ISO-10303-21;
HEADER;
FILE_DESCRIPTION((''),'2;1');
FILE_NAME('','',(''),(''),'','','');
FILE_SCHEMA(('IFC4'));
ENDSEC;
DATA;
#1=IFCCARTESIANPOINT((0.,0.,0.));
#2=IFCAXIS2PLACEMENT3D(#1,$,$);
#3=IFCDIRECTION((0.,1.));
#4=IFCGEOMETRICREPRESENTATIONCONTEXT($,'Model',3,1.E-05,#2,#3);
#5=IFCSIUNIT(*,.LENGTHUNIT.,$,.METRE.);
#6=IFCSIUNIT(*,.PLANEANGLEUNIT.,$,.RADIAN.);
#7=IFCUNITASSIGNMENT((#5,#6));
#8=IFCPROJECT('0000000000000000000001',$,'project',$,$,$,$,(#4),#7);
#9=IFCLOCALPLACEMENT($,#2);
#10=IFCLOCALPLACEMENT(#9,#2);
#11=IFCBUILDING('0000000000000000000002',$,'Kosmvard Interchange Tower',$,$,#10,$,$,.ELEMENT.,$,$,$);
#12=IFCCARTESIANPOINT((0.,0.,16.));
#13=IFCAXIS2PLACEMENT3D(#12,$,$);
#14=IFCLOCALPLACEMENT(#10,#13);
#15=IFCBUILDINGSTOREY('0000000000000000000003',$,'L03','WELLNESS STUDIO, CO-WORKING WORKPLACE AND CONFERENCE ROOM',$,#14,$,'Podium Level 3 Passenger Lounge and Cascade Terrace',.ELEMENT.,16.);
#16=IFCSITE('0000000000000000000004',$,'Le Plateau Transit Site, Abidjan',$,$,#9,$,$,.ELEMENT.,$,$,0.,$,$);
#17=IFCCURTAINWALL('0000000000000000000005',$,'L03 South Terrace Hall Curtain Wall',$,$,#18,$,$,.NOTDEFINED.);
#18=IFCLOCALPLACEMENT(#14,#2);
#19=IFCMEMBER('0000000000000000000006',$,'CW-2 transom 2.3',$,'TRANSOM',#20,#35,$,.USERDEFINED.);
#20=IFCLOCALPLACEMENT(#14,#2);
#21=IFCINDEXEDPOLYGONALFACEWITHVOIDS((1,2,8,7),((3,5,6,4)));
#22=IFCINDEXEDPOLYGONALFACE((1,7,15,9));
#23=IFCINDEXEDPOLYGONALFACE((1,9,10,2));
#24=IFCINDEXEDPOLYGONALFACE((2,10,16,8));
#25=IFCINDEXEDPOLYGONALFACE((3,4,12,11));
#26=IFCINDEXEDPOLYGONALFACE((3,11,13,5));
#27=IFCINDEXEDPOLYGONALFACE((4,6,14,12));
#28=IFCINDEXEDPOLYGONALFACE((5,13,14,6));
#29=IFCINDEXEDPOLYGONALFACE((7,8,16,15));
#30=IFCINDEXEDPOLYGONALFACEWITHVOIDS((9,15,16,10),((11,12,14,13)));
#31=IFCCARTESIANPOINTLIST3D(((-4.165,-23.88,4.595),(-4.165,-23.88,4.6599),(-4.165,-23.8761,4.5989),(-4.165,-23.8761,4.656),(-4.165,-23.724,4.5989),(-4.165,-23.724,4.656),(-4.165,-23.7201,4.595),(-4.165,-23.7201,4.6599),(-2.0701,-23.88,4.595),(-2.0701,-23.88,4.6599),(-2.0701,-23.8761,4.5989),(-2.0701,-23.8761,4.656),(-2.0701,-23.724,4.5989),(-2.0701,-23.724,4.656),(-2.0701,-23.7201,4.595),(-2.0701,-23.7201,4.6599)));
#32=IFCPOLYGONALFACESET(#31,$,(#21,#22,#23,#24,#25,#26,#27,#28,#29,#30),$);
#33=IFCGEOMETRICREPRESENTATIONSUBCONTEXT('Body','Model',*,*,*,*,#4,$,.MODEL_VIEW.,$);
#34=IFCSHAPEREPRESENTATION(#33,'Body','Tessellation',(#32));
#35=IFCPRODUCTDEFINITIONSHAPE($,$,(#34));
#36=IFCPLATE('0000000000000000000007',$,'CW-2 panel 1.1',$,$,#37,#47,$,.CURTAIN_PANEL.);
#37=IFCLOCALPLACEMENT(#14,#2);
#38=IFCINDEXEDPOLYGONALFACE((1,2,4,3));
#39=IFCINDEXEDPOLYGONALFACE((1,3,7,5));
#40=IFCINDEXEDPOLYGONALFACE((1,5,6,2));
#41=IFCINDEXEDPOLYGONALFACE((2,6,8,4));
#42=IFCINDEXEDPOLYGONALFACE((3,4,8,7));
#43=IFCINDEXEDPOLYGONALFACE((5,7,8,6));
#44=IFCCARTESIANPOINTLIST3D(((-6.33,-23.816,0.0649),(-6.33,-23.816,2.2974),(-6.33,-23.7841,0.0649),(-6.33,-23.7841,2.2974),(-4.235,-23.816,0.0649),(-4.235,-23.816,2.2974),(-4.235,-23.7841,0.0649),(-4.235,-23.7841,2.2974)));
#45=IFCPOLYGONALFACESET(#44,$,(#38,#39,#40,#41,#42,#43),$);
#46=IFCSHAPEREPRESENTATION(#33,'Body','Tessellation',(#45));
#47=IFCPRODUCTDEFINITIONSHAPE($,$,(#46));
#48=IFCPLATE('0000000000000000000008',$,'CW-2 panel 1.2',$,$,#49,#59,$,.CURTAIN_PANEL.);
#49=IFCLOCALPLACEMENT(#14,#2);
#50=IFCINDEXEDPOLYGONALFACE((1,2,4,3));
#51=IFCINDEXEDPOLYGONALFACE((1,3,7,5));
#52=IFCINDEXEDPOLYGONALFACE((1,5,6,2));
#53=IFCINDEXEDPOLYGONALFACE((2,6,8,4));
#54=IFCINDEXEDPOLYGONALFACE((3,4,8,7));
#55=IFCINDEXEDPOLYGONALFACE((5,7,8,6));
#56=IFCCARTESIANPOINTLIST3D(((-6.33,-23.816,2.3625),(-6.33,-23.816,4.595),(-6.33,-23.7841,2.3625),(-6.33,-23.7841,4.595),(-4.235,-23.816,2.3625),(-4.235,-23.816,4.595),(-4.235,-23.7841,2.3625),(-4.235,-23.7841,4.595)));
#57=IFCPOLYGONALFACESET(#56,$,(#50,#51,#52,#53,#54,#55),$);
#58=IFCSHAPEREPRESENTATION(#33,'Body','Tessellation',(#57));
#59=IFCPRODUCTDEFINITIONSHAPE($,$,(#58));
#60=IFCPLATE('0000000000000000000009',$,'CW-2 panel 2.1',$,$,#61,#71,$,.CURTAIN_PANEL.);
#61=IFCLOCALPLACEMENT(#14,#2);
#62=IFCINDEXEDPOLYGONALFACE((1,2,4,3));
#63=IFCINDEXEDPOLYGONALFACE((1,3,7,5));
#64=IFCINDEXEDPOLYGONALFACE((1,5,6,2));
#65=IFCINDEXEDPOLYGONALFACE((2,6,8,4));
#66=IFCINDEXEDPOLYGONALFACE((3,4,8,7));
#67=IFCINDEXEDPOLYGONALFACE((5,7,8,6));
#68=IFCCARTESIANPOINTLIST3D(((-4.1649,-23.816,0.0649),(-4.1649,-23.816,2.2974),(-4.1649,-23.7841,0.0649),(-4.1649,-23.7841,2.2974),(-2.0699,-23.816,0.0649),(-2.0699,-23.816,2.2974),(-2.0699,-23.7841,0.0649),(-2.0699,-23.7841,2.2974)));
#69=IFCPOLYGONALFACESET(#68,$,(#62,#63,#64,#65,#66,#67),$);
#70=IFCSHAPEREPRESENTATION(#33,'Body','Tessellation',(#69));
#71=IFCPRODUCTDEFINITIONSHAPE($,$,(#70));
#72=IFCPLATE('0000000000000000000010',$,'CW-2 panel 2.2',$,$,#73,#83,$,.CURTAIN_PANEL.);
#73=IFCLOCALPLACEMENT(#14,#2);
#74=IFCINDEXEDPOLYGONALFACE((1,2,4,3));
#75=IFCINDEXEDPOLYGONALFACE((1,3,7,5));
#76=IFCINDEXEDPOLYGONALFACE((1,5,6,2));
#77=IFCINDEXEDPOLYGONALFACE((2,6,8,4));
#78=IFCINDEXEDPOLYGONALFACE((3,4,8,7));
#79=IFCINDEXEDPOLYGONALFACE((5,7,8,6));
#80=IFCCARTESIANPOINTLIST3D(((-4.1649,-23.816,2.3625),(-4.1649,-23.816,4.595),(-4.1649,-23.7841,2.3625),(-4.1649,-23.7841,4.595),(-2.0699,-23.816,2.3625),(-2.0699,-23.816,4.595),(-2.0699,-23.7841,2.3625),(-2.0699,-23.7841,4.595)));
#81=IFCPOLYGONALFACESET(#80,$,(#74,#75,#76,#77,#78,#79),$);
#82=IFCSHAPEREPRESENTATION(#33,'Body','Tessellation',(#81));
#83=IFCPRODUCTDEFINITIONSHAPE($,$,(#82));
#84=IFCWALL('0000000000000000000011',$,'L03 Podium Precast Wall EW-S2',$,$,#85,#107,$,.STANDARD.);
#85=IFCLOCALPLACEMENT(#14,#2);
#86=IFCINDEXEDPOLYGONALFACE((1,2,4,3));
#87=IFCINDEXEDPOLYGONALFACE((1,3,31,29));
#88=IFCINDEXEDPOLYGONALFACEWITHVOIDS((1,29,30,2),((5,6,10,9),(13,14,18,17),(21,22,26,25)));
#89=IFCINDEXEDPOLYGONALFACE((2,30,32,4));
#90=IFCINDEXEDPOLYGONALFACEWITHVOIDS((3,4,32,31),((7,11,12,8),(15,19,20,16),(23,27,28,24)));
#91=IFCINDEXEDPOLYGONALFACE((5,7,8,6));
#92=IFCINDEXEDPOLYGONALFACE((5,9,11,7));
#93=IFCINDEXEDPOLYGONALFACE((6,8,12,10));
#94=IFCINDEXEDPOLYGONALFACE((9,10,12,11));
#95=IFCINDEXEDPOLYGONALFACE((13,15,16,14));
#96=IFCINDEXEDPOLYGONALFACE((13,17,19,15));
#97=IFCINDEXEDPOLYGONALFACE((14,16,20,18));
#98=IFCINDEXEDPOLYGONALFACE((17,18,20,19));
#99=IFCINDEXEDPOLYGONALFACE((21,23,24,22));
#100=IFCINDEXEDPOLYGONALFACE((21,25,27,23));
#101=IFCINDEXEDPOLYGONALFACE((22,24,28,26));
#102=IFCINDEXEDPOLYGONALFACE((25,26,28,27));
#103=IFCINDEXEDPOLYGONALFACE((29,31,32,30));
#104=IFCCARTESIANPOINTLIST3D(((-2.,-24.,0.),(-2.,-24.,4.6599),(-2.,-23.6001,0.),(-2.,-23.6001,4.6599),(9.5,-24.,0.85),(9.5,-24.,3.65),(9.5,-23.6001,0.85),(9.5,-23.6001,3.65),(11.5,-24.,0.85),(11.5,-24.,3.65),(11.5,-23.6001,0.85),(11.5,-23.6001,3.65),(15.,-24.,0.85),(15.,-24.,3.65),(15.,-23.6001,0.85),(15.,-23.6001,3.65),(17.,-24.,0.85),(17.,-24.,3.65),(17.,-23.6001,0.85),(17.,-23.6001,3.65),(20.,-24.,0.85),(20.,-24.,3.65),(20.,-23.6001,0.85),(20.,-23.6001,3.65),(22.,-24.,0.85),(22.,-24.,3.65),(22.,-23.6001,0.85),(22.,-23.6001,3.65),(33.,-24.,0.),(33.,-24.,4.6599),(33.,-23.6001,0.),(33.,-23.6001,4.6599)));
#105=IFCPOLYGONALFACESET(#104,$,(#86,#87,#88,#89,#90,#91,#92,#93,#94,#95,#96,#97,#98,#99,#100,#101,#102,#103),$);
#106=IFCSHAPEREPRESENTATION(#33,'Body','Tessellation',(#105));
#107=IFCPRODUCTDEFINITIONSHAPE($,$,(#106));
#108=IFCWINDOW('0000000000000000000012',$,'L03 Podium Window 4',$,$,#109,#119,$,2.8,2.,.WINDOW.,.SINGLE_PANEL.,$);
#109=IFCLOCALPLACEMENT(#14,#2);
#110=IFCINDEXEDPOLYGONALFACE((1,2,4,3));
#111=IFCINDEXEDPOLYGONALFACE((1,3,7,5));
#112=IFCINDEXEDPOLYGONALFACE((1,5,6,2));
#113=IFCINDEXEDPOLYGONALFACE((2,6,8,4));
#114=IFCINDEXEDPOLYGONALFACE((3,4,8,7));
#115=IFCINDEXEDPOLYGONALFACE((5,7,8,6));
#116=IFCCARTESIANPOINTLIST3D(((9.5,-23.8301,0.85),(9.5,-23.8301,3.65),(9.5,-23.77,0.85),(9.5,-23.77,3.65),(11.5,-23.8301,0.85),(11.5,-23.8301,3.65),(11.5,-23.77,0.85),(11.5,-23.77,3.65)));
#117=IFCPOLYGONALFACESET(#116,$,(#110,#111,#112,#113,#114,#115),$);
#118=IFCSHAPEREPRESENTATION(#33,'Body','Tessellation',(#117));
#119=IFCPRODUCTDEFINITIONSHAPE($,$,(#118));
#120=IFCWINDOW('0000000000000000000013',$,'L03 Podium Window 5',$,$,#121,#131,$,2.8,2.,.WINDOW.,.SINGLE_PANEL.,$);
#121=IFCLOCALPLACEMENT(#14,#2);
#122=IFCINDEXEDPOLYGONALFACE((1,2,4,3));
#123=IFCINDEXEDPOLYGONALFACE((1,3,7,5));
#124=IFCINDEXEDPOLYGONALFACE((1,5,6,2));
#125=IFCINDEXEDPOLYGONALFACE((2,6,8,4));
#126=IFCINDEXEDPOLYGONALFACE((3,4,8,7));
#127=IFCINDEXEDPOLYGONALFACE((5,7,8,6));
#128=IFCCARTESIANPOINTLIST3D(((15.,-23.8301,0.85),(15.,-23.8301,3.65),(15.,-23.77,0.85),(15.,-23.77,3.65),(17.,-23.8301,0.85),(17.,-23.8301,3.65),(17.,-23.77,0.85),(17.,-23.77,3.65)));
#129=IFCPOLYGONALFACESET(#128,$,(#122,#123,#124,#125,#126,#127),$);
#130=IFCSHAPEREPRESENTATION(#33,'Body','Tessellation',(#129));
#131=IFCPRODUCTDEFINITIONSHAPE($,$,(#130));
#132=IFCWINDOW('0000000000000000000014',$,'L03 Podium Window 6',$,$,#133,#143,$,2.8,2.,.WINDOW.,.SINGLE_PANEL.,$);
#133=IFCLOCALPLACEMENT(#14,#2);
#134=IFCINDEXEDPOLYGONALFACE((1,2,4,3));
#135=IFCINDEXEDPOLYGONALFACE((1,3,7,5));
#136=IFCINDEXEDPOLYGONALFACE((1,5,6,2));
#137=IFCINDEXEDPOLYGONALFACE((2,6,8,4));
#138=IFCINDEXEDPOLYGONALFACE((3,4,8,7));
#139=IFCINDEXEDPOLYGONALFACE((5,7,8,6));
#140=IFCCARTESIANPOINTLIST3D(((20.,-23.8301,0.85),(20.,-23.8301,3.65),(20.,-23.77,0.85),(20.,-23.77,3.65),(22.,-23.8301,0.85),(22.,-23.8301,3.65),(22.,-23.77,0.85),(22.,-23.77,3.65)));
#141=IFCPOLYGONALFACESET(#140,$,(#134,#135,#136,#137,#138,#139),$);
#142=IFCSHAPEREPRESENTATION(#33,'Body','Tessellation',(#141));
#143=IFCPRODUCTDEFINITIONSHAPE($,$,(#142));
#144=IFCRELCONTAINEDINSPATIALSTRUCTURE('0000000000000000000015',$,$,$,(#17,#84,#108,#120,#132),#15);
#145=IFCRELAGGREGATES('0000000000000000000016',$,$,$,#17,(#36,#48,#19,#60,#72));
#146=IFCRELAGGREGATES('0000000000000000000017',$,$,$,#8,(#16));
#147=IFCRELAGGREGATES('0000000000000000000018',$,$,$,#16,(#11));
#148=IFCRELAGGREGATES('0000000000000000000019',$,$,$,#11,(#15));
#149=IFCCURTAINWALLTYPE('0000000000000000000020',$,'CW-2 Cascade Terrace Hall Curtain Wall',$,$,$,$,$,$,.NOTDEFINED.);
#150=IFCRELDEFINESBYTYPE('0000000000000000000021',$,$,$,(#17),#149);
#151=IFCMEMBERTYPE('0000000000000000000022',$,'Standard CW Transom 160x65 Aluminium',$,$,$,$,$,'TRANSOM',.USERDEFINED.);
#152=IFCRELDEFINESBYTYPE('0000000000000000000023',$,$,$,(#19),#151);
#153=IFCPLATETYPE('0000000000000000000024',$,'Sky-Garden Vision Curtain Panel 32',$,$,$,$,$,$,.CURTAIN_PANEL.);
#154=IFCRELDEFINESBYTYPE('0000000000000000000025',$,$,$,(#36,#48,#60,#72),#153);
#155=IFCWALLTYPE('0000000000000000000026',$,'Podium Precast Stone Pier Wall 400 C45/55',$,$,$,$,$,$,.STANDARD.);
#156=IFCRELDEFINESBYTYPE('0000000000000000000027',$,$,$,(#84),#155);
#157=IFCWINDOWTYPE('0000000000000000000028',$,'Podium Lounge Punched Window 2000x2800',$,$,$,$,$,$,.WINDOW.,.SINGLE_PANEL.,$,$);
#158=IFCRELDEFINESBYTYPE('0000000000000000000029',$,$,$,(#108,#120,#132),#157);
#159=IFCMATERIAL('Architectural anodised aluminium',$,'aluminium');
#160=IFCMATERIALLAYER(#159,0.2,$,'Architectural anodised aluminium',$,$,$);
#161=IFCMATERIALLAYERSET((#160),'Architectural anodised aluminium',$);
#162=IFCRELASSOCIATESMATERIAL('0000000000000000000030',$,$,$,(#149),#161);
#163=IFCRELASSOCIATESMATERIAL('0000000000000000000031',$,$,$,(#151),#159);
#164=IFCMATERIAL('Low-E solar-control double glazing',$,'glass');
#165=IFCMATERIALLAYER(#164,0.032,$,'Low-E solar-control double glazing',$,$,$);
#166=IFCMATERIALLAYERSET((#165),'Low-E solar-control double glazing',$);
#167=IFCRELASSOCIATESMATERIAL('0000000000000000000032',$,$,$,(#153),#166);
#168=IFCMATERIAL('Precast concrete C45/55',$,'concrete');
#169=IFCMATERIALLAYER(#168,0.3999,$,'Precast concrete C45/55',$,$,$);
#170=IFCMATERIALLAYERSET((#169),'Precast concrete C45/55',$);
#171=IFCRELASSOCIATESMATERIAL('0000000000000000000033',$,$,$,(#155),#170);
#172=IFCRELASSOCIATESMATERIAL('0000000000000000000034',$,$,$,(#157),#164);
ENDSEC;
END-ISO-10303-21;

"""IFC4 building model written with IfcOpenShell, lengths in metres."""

from ifc_helpers import new_model, si_unit, direction, frame, frame_2d, origin, origin_2d, place, context, subcontext, project, spatial, rectangle, hollow_rectangle, extrude, source, transform, mapped, material, layer, layer_set, material_profile, profile_set, type_object, element, fill, aggregate, save


model = new_model("IFC4")

# Units and contexts
model_context = context("Model", 3, precision=1e-05, world=origin(), true_north=direction((0.0, 1.0)))
body_context = subcontext(model_context, "Body", "Model", "MODEL_VIEW")
ifc_project = project(units=[si_unit("LENGTHUNIT", "METRE"), si_unit("PLANEANGLEUNIT", "RADIAN")], contexts=[model_context])

# Site, building, storey
site_placement = place(None, origin())
site = spatial("IfcSite", under=ifc_project, at=site_placement, Name="Le Plateau Transit Site, Abidjan", CompositionType="ELEMENT", RefElevation=0.0)
building_placement = place(site_placement, origin())
building = spatial("IfcBuilding", under=site, at=building_placement, Name="Kosmvard Interchange Tower", CompositionType="ELEMENT")
storey_placement = place(building_placement, frame((0.0, 0.0, 16.0)))
storey = spatial("IfcBuildingStorey", under=building, at=storey_placement, Name="L03", Description="WELLNESS STUDIO, CO-WORKING WORKPLACE AND CONFERENCE ROOM", LongName="Podium Level 3 Passenger Lounge and Cascade Terrace", CompositionType="ELEMENT", Elevation=16.0)

# Curtain wall, member, plates
ifc_material_1 = material(Name="Architectural anodised aluminium", Category="aluminium")
ifc_layer_1 = layer(ifc_material_1, 0.2, Name="Architectural anodised aluminium")
ifc_layer_set_1 = layer_set([ifc_layer_1], Name="Architectural anodised aluminium")
curtain_wall_type = type_object("IfcCurtainWallType", Name="CW-2 Cascade Terrace Hall Curtain Wall", PredefinedType="NOTDEFINED", material=ifc_layer_set_1)
curtain_wall_placement = place(storey_placement, origin())
curtain_wall = element("IfcCurtainWall", 1, at=curtain_wall_placement, inside=storey, type_object=curtain_wall_type, Name="L03 South Terrace Hall Curtain Wall", PredefinedType="NOTDEFINED")
ifc_material_profile_1 = material_profile(ifc_material_1, hollow_rectangle(XDim=0.1599, YDim=0.0649, WallThickness=0.0039, at=origin_2d()), Name="CWT 160x65x4")
ifc_profile_set_1 = profile_set([ifc_material_profile_1], Name="Architectural anodised aluminium")
member_type_1 = type_object("IfcMemberType", Name="Standard CW Transom 160x65 Aluminium", ElementType="TRANSOM", PredefinedType="USERDEFINED", material=ifc_profile_set_1)
shared_shape_1 = source(origin(), body_context, "Body", "SweptSolid", [
    extrude(hollow_rectangle(XDim=0.1599, YDim=0.0649, WallThickness=0.0039, at=origin_2d()), origin(), (0.0, 0.0, 1.0), 2.095),
])
member_1_placement = place(storey_placement, frame((-4.165, -23.8, 4.6274), z_axis=(1.0, 0.0, 0.0), x_axis=(0.0, 1.0, 0.0)))
member_1 = element("IfcMember", 2, at=member_1_placement, type_object=member_type_1, Name="CW-2 transom 2.3", ObjectType="TRANSOM", PredefinedType="USERDEFINED", context=body_context, shape_type="MappedRepresentation", body=[
    mapped(shared_shape_1, transform((0.0, 0.0, 0.0), scale=1.0)),
])
ifc_material_2 = material(Name="Low-E solar-control double glazing", Category="glass")
ifc_layer_2 = layer(ifc_material_2, 0.032, Name="Low-E solar-control double glazing")
ifc_layer_set_2 = layer_set([ifc_layer_2], Name="Low-E solar-control double glazing")
plate_type = type_object("IfcPlateType", Name="Sky-Garden Vision Curtain Panel 32", PredefinedType="CURTAIN_PANEL", material=ifc_layer_set_2)
shared_shape_2 = source(origin(), body_context, "Body", "SweptSolid", [
    extrude(rectangle(XDim=2.095, YDim=0.032, at=origin_2d()), origin(), (0.0, 0.0, 1.0), 2.2324),
])
plate_1_placement = place(storey_placement, frame((-5.2825, -23.8, 0.0649), z_axis=(0.0, 0.0, 1.0), x_axis=(1.0, 0.0, 0.0)))
plate_1 = element("IfcPlate", 3, at=plate_1_placement, type_object=plate_type, Name="CW-2 panel 1.1", PredefinedType="CURTAIN_PANEL", context=body_context, shape_type="MappedRepresentation", body=[
    mapped(shared_shape_2, transform((0.0, 0.0, 0.0), scale=1.0)),
])
plate_2_placement = place(storey_placement, frame((-5.2825, -23.8, 2.3625), z_axis=(0.0, 0.0, 1.0), x_axis=(1.0, 0.0, 0.0)))
plate_2 = element("IfcPlate", 4, at=plate_2_placement, type_object=plate_type, Name="CW-2 panel 1.2", PredefinedType="CURTAIN_PANEL", context=body_context, shape_type="MappedRepresentation", body=[
    mapped(shared_shape_2, transform((0.0, 0.0, 0.0), scale=1.0)),
])
plate_3_placement = place(storey_placement, frame((-3.1174, -23.8, 0.0649), z_axis=(0.0, 0.0, 1.0), x_axis=(1.0, 0.0, 0.0)))
plate_3 = element("IfcPlate", 5, at=plate_3_placement, type_object=plate_type, Name="CW-2 panel 2.1", PredefinedType="CURTAIN_PANEL", context=body_context, shape_type="MappedRepresentation", body=[
    mapped(shared_shape_2, transform((0.0, 0.0, 0.0), scale=1.0)),
])
plate_4_placement = place(storey_placement, frame((-3.1174, -23.8, 2.3625), z_axis=(0.0, 0.0, 1.0), x_axis=(1.0, 0.0, 0.0)))
plate_4 = element("IfcPlate", 6, at=plate_4_placement, type_object=plate_type, Name="CW-2 panel 2.2", PredefinedType="CURTAIN_PANEL", context=body_context, shape_type="MappedRepresentation", body=[
    mapped(shared_shape_2, transform((0.0, 0.0, 0.0), scale=1.0)),
])
aggregate(curtain_wall, [plate_1, plate_2, member_1, plate_3, plate_4])

# Wall, openings, windows
ifc_material_3 = material(Name="Precast concrete C45/55", Category="concrete")
ifc_layer_3 = layer(ifc_material_3, 0.3999, Name="Precast concrete C45/55")
ifc_layer_set_3 = layer_set([ifc_layer_3], Name="Precast concrete C45/55")
wall_type = type_object("IfcWallType", Name="Podium Precast Stone Pier Wall 400 C45/55", PredefinedType="STANDARD", material=ifc_layer_set_3)
wall_placement = place(storey_placement, frame((-2.0, -23.8, 0.0), z_axis=(0.0, 0.0, 1.0), x_axis=(1.0, 0.0, 0.0)))
wall = element("IfcWall", 7, at=wall_placement, inside=storey, type_object=wall_type, Name="L03 Podium Precast Wall EW-S2", PredefinedType="STANDARD", context=body_context, shape_type="SweptSolid", body=[
    extrude(rectangle(XDim=35.0, YDim=0.3999, at=frame_2d((17.5, 0.0))), origin(), (0.0, 0.0, 1.0), 4.6599),
])
opening_1_placement = place(wall_placement, frame((11.5, 0.0, 0.8501)))
opening_1 = element("IfcOpeningElement", 8, at=opening_1_placement, cuts=wall, PredefinedType="OPENING", context=body_context, shape_type="SweptSolid", body=[
    extrude(rectangle(XDim=2.0, YDim=2.8, at=frame_2d((1.0, 1.3999))), frame((0.0, 0.21, 0.0), z_axis=(0.0, -1.0, 0.0), x_axis=(1.0, 0.0, 0.0)), (0.0, 0.0, 1.0), 0.4199),
])
opening_2_placement = place(wall_placement, frame((17.0, 0.0, 0.8501)))
opening_2 = element("IfcOpeningElement", 9, at=opening_2_placement, cuts=wall, PredefinedType="OPENING", context=body_context, shape_type="SweptSolid", body=[
    extrude(rectangle(XDim=2.0, YDim=2.8, at=frame_2d((1.0, 1.3999))), frame((0.0, 0.21, 0.0), z_axis=(0.0, -1.0, 0.0), x_axis=(1.0, 0.0, 0.0)), (0.0, 0.0, 1.0), 0.4199),
])
opening_3_placement = place(wall_placement, frame((22.0, 0.0, 0.8501)))
opening_3 = element("IfcOpeningElement", 10, at=opening_3_placement, cuts=wall, PredefinedType="OPENING", context=body_context, shape_type="SweptSolid", body=[
    extrude(rectangle(XDim=2.0, YDim=2.8, at=frame_2d((1.0, 1.3999))), frame((0.0, 0.21, 0.0), z_axis=(0.0, -1.0, 0.0), x_axis=(1.0, 0.0, 0.0)), (0.0, 0.0, 1.0), 0.4199),
])
window_type = type_object("IfcWindowType", Name="Podium Lounge Punched Window 2000x2800", PartitioningType="SINGLE_PANEL", PredefinedType="WINDOW", material=ifc_material_2)
shared_shape_3 = source(origin(), body_context, "Body", "SweptSolid", [
    extrude(rectangle(XDim=2.0, YDim=2.8, at=frame_2d((1.0, 1.3999))), frame((0.0, 0.03, 0.0), z_axis=(0.0, -1.0, 0.0), x_axis=(1.0, 0.0, 0.0)), (0.0, 0.0, 1.0), 0.0601),
])
window_1_placement = place(opening_1_placement, origin())
window_1 = element("IfcWindow", 11, at=window_1_placement, inside=storey, type_object=window_type, Name="L03 Podium Window 4", OverallHeight=2.8, OverallWidth=2.0, PartitioningType="SINGLE_PANEL", PredefinedType="WINDOW", context=body_context, shape_type="MappedRepresentation", body=[
    mapped(shared_shape_3, transform((0.0, 0.0, 0.0), scale=1.0)),
])
fill(opening_1, window_1)
window_2_placement = place(opening_2_placement, origin())
window_2 = element("IfcWindow", 12, at=window_2_placement, inside=storey, type_object=window_type, Name="L03 Podium Window 5", OverallHeight=2.8, OverallWidth=2.0, PartitioningType="SINGLE_PANEL", PredefinedType="WINDOW", context=body_context, shape_type="MappedRepresentation", body=[
    mapped(shared_shape_3, transform((0.0, 0.0, 0.0), scale=1.0)),
])
fill(opening_2, window_2)
window_3_placement = place(opening_3_placement, origin())
window_3 = element("IfcWindow", 13, at=window_3_placement, inside=storey, type_object=window_type, Name="L03 Podium Window 6", OverallHeight=2.8, OverallWidth=2.0, PartitioningType="SINGLE_PANEL", PredefinedType="WINDOW", context=body_context, shape_type="MappedRepresentation", body=[
    mapped(shared_shape_3, transform((0.0, 0.0, 0.0), scale=1.0)),
])
fill(opening_3, window_3)

save(model, "model.ifc")
